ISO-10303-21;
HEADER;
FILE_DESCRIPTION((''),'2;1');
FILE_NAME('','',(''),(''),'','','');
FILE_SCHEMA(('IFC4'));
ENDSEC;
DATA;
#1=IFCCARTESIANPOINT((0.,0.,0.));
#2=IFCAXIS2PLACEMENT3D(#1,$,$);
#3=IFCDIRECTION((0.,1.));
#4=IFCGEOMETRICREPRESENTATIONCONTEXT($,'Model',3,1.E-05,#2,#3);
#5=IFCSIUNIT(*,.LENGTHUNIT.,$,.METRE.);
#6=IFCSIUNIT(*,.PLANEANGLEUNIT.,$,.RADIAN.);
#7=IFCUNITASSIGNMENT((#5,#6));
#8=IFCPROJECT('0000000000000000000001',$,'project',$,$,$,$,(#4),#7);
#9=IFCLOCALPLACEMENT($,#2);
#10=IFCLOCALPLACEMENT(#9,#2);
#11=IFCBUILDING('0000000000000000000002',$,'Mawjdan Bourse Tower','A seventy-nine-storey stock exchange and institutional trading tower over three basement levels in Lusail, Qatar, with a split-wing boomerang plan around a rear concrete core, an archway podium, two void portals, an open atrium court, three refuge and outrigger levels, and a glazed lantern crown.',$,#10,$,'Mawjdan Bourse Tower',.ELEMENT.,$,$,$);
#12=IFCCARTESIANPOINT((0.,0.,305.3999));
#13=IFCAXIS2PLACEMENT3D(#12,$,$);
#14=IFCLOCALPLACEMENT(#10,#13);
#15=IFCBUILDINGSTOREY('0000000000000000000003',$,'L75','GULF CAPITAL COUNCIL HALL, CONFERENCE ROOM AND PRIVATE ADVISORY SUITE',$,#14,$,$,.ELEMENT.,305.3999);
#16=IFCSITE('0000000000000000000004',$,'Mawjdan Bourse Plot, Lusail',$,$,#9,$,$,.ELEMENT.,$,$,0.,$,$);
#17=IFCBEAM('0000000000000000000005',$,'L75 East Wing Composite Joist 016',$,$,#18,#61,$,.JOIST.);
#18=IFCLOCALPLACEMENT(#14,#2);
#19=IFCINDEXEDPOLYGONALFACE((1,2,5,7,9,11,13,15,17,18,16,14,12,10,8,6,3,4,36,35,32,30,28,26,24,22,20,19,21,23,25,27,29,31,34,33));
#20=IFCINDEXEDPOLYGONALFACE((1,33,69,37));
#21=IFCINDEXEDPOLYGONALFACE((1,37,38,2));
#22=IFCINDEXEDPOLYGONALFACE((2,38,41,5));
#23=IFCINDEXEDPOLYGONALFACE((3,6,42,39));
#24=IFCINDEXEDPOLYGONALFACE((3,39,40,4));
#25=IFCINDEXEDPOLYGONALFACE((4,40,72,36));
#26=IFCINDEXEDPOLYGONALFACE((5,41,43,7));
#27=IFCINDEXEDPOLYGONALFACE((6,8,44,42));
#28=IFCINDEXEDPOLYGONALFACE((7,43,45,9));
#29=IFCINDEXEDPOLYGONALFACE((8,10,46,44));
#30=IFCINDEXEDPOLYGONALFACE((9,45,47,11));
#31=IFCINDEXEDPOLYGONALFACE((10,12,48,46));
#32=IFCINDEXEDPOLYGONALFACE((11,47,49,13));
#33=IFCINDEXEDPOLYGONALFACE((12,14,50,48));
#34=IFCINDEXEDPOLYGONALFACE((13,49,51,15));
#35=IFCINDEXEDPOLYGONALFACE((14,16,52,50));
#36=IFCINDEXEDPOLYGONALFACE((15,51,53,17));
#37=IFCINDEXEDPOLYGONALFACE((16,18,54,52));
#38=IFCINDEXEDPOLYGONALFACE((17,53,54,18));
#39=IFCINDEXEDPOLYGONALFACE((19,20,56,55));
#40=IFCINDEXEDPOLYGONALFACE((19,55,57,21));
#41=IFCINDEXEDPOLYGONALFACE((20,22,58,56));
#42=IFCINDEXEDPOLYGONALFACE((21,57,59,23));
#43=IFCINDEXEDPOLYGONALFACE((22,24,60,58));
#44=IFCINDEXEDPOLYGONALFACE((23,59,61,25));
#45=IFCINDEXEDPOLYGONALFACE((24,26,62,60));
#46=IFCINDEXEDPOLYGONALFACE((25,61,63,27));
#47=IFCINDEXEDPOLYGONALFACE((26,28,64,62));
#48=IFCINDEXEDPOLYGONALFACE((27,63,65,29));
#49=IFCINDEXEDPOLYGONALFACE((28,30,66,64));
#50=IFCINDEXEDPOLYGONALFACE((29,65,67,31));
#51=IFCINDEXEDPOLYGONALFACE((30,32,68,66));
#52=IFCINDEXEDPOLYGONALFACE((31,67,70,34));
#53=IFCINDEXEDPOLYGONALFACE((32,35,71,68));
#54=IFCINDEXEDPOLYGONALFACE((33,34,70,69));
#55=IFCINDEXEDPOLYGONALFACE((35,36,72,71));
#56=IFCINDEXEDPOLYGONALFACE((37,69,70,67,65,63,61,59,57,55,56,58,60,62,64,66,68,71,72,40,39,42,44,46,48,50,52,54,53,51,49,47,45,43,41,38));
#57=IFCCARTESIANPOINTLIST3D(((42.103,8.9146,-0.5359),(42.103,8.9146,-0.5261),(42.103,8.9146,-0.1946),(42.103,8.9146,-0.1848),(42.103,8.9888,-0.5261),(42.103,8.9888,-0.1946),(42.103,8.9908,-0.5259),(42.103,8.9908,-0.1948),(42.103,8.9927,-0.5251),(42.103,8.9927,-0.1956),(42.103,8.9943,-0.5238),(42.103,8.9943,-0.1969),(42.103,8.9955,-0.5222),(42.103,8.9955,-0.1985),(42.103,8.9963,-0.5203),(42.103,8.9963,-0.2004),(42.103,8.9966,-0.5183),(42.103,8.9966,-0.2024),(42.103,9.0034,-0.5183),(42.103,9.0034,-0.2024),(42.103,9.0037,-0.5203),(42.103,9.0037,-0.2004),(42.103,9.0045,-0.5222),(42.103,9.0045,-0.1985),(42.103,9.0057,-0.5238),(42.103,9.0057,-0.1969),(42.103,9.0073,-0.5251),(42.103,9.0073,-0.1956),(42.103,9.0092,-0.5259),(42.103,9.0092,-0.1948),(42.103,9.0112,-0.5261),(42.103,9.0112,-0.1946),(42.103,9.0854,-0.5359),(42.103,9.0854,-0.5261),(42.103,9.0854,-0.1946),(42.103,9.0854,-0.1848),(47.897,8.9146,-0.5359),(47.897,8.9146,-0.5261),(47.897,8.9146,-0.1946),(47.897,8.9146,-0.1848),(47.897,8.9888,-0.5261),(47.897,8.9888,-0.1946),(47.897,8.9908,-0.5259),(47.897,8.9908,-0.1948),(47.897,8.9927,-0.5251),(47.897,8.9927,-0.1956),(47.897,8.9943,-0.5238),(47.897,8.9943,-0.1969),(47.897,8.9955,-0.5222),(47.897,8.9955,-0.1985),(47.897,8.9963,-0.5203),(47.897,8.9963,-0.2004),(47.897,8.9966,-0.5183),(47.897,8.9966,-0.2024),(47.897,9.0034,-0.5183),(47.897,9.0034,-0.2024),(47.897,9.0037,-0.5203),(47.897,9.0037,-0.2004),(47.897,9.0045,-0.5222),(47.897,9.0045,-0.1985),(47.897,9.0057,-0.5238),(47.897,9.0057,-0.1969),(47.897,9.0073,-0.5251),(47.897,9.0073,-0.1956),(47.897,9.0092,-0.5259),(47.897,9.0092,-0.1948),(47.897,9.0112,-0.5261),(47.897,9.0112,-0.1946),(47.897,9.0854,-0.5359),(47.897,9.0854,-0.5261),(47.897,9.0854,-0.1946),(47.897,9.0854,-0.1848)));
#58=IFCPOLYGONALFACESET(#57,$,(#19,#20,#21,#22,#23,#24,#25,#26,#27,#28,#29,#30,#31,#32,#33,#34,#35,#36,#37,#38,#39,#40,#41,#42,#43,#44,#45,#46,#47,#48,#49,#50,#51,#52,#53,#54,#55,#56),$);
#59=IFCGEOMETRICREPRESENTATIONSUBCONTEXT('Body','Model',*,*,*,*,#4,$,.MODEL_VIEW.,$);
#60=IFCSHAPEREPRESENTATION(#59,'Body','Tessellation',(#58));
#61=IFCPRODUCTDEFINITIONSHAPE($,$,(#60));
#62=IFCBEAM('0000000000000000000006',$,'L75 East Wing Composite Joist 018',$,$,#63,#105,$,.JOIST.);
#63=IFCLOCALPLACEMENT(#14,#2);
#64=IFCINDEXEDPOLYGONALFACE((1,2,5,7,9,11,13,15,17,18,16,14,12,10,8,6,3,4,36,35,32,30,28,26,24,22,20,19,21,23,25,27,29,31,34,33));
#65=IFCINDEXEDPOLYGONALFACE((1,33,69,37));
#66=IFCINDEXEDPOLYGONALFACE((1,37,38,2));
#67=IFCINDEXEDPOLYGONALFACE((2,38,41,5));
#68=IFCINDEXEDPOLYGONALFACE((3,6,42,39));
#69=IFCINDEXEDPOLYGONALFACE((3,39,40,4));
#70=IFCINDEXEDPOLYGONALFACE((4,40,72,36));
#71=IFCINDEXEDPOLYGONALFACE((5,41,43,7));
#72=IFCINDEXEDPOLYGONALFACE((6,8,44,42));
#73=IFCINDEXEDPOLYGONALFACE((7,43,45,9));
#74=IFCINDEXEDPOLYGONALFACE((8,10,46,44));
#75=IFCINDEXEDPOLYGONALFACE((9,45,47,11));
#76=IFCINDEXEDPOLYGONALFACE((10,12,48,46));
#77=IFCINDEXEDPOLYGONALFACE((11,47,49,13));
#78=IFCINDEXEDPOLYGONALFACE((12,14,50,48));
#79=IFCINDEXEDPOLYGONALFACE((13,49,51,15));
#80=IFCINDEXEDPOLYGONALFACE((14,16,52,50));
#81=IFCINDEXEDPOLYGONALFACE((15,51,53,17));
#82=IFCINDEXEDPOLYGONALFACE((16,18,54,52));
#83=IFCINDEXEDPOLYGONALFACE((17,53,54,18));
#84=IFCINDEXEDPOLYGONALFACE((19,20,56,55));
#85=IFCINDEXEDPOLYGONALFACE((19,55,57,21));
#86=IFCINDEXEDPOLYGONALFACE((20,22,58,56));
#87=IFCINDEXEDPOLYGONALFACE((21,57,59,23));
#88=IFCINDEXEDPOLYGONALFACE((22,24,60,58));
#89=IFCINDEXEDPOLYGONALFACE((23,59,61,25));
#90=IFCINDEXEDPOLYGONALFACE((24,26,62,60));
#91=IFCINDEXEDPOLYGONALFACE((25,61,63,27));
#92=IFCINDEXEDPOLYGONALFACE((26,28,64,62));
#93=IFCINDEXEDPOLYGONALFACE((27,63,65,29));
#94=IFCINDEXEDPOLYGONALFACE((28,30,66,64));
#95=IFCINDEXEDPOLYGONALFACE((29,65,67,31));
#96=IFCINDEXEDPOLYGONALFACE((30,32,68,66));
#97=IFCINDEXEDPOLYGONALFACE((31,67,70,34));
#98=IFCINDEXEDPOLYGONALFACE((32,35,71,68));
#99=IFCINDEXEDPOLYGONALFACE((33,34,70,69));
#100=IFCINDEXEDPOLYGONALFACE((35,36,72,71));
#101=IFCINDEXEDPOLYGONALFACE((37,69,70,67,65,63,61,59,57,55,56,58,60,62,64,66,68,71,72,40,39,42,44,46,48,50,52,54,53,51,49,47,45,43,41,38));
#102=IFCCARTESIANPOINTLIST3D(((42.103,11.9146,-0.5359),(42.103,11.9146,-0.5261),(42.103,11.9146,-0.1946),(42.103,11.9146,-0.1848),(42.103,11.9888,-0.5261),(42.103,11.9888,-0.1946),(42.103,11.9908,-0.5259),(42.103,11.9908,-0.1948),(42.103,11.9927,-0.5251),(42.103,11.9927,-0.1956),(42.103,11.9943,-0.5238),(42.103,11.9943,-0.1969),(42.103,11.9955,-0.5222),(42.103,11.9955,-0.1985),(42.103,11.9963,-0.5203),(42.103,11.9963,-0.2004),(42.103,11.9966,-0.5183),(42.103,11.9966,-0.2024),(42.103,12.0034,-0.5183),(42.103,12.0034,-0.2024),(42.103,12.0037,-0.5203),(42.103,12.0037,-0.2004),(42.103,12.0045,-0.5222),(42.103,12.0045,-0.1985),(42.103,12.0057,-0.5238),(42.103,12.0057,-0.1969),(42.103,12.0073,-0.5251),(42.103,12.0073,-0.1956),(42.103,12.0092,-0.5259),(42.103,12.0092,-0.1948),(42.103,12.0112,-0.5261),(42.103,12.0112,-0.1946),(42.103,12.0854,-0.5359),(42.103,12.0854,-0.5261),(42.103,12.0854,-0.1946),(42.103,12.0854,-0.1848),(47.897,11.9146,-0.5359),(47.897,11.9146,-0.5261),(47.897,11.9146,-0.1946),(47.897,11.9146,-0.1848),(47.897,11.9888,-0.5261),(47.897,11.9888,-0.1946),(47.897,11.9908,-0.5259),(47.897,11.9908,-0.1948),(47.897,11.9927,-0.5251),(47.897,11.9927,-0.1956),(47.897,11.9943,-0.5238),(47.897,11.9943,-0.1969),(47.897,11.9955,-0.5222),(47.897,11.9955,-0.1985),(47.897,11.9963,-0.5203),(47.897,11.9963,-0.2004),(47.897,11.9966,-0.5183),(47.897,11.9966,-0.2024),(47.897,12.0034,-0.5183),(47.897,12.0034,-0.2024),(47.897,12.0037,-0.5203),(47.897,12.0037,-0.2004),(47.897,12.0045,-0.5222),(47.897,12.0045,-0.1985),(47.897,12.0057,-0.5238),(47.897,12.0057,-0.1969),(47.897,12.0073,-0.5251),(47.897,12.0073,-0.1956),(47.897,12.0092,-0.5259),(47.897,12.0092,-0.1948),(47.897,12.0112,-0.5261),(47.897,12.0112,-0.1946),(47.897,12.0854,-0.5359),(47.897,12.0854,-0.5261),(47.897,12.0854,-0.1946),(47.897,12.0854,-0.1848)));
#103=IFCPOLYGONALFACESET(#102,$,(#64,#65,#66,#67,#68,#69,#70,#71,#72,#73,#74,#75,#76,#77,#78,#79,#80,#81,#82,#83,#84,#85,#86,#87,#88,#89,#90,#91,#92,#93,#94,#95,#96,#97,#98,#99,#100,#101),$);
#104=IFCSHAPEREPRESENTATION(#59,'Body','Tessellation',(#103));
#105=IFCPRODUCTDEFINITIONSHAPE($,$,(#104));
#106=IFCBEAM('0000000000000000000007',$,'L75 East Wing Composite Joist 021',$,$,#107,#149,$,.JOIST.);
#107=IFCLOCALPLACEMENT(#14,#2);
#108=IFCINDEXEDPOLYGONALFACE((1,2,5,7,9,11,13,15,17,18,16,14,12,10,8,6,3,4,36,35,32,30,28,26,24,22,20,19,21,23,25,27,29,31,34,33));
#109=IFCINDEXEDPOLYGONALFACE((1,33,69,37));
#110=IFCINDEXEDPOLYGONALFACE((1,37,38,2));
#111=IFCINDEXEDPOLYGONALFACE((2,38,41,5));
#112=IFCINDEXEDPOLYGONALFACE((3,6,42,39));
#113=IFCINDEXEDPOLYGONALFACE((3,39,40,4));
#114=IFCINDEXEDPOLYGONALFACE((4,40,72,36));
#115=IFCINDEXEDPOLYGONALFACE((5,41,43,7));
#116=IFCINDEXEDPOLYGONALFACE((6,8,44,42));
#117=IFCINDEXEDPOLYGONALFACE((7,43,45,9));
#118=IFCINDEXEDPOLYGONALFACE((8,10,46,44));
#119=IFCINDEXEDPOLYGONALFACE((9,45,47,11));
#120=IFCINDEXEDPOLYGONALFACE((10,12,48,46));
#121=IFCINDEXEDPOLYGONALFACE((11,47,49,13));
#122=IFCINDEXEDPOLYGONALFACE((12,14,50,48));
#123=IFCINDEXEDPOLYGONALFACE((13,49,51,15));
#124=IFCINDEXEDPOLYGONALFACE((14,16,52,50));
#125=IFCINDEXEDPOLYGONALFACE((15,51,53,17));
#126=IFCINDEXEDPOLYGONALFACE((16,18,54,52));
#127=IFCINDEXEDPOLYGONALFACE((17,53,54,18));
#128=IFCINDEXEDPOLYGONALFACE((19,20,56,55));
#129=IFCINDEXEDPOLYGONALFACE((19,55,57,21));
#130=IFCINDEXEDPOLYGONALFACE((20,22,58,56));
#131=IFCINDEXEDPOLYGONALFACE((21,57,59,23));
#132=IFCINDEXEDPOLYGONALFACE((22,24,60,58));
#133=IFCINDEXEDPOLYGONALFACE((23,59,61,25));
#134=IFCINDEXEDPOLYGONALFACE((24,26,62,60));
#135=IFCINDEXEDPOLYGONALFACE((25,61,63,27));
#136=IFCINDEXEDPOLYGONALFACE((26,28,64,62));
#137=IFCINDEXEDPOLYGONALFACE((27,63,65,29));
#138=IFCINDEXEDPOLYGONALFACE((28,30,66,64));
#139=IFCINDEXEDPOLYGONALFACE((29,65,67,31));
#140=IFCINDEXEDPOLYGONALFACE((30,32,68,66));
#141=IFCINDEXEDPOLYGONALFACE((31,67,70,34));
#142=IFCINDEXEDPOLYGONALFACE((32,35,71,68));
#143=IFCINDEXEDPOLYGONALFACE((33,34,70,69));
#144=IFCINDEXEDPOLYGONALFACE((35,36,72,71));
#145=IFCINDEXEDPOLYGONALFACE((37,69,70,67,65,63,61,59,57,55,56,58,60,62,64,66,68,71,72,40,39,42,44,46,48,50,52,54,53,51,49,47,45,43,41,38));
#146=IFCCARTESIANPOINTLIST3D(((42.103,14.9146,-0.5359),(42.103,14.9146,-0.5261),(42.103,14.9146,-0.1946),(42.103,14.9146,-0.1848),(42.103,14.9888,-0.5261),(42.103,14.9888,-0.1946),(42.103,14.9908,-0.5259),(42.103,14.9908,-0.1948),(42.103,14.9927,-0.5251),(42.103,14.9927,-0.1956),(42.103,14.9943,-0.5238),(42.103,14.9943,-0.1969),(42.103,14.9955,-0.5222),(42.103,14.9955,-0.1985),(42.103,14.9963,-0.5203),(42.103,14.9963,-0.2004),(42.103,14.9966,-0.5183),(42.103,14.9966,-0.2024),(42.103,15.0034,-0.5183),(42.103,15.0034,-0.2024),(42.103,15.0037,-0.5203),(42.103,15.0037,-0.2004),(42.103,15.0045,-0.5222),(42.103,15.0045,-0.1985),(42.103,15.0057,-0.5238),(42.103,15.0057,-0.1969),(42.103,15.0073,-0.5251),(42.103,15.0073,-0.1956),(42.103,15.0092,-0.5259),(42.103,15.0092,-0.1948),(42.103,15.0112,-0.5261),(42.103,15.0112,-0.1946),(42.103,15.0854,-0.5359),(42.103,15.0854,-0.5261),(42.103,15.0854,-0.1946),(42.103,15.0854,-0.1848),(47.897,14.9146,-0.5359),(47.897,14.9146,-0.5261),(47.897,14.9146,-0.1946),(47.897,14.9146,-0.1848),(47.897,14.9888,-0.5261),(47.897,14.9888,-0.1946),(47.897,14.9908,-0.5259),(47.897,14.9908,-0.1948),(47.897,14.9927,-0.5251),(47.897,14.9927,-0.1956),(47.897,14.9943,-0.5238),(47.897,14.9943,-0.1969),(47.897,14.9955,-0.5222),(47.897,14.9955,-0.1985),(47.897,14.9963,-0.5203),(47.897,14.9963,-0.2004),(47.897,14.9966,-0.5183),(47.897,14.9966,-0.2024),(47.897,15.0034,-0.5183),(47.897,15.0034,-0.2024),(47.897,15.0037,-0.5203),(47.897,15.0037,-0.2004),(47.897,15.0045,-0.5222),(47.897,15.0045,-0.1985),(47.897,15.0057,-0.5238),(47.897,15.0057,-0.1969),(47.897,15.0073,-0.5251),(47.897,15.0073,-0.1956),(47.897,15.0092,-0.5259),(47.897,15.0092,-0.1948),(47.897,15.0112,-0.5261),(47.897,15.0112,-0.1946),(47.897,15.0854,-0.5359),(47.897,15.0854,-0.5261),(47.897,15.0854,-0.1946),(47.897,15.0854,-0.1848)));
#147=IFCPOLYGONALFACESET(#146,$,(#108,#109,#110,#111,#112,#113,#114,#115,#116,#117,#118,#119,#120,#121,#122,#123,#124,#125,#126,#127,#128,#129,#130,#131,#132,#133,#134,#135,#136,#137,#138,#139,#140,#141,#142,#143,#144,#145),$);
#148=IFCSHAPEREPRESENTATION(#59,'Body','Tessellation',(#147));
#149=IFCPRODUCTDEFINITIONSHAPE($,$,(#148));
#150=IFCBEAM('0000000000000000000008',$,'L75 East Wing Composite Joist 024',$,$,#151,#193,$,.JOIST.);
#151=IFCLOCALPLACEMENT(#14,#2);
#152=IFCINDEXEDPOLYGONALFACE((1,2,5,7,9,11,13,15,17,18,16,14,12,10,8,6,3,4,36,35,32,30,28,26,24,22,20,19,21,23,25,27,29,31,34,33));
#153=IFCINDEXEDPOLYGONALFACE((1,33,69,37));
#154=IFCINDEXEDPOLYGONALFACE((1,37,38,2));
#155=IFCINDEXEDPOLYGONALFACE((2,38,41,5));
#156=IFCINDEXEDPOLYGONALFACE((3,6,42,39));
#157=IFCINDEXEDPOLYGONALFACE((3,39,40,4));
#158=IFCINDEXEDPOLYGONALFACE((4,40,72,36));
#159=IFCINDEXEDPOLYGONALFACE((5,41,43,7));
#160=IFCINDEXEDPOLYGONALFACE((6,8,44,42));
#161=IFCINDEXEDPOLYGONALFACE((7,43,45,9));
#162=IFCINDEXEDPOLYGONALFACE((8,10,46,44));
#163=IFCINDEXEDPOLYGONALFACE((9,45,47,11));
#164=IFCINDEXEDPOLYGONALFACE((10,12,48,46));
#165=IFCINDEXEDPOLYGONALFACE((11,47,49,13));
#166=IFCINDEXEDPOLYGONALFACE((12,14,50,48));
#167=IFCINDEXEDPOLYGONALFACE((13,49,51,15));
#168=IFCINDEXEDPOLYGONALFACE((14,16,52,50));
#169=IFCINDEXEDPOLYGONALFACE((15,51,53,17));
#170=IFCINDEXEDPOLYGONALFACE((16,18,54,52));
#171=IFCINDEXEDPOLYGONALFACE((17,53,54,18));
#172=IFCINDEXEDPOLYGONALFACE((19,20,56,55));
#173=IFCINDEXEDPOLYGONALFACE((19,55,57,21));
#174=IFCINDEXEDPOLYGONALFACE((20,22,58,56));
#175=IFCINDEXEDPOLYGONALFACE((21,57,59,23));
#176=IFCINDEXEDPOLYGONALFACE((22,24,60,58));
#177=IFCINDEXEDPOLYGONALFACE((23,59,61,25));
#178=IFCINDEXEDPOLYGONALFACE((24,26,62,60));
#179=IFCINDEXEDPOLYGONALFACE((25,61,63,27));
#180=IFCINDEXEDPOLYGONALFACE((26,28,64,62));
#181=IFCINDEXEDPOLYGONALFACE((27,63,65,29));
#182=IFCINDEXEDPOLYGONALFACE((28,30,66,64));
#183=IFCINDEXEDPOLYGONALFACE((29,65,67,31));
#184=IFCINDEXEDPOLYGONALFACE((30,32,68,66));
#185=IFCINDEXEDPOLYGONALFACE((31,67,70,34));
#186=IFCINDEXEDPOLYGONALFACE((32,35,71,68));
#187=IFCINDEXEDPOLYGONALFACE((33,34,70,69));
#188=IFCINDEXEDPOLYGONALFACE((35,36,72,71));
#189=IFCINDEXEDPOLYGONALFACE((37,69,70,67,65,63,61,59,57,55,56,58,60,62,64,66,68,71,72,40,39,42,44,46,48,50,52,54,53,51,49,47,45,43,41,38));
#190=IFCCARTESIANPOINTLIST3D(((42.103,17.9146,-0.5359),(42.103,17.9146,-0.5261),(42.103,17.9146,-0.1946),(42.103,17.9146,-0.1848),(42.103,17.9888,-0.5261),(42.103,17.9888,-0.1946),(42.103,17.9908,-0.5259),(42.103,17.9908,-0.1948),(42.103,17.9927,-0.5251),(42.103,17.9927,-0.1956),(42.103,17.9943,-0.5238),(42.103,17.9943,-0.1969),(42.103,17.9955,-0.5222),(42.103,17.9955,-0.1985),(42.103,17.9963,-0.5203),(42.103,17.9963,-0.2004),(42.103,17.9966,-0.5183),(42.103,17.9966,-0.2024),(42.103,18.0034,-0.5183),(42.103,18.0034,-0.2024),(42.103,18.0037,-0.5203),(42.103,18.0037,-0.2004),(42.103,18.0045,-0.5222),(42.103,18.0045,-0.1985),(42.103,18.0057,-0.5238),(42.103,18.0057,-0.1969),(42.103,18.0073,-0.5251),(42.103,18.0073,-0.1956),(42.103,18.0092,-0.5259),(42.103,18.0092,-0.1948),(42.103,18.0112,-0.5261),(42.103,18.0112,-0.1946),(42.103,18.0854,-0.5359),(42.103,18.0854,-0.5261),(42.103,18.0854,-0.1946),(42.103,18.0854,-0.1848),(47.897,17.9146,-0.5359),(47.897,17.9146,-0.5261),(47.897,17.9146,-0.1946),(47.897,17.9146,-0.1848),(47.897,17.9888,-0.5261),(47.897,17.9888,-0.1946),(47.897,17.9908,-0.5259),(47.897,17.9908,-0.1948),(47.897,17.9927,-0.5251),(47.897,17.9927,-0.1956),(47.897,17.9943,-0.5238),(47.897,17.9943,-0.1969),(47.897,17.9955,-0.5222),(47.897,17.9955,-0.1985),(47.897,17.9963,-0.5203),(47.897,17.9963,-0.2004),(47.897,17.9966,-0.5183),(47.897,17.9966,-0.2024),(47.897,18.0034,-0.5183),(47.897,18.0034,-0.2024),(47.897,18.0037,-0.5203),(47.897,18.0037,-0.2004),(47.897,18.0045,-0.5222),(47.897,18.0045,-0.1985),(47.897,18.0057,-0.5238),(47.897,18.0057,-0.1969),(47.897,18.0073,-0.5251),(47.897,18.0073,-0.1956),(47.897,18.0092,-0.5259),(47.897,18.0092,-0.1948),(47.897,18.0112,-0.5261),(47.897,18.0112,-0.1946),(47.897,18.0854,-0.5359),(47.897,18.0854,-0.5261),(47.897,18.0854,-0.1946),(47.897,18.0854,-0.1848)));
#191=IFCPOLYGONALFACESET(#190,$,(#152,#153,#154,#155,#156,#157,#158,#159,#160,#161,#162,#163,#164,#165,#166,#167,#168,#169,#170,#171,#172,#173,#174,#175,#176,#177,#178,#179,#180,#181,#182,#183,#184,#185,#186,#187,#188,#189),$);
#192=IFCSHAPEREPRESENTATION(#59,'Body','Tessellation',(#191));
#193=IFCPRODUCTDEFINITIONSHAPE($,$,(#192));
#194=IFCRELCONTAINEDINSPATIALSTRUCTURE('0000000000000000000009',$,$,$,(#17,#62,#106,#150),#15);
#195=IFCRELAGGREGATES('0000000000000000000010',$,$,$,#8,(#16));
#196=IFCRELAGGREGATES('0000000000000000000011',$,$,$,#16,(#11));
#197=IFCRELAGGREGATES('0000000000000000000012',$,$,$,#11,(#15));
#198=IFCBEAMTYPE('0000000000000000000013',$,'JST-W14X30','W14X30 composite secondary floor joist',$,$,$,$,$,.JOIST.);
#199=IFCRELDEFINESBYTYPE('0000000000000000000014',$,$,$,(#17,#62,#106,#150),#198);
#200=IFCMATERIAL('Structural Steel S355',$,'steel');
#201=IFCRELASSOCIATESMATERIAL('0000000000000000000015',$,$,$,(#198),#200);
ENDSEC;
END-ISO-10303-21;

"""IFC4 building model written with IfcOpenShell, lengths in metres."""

from ifc_helpers import new_model, si_unit, direction, frame, origin, origin_2d, place, context, subcontext, project, spatial, i_section, extrude, material, material_profile, profile_set, type_object, element, save


model = new_model("IFC4")

# Units and contexts
model_context = context("Model", 3, precision=1e-05, world=origin(), true_north=direction((0.0, 1.0)))
body_context = subcontext(model_context, "Body", "Model", "MODEL_VIEW")
ifc_project = project(units=[si_unit("LENGTHUNIT", "METRE"), si_unit("PLANEANGLEUNIT", "RADIAN")], contexts=[model_context])

# Site, building, storey
site_placement = place(None, origin())
site = spatial("IfcSite", under=ifc_project, at=site_placement, Name="Mawjdan Bourse Plot, Lusail", CompositionType="ELEMENT", RefElevation=0.0)
building_placement = place(site_placement, origin())
building = spatial("IfcBuilding", under=site, at=building_placement, Name="Mawjdan Bourse Tower", Description="A seventy-nine-storey stock exchange and institutional trading tower over three basement levels in Lusail, Qatar, with a split-wing boomerang plan around a rear concrete core, an archway podium, two void portals, an open atrium court, three refuge and outrigger levels, and a glazed lantern crown.", LongName="Mawjdan Bourse Tower", CompositionType="ELEMENT")
storey_placement = place(building_placement, frame((0.0, 0.0, 305.3999)))
storey = spatial("IfcBuildingStorey", under=building, at=storey_placement, Name="L75", Description="GULF CAPITAL COUNCIL HALL, CONFERENCE ROOM AND PRIVATE ADVISORY SUITE", CompositionType="ELEMENT", Elevation=305.3999)

# Shared definitions
ifc_material_1 = material(Name="Structural Steel S355", Category="steel")

# Beams
ifc_material_profile_1 = material_profile(ifc_material_1, i_section(OverallWidth=0.1709, OverallDepth=0.3511, WebThickness=0.0068, FlangeThickness=0.0098, FilletRadius=0.0078, at=origin_2d()), Name="W14X30")
ifc_profile_set_1 = profile_set([ifc_material_profile_1], Name="Structural Steel S355")
beam_type_1 = type_object("IfcBeamType", Name="JST-W14X30", Description="W14X30 composite secondary floor joist", PredefinedType="JOIST", material=ifc_profile_set_1)
for number, where, z_axis, x_axis, name in (
    (1, (42.103, 9.0, -0.3604), (1.0, 0.0, 0.0), (0.0, 1.0, 0.0), "L75 East Wing Composite Joist 016"),
    (2, (42.103, 12.0, -0.3604), (1.0, 0.0, 0.0), (0.0, 1.0, 0.0), "L75 East Wing Composite Joist 018"),
    (3, (42.103, 15.0, -0.3604), (1.0, 0.0, 0.0), (0.0, 1.0, 0.0), "L75 East Wing Composite Joist 021"),
    (4, (42.103, 18.0, -0.3604), (1.0, 0.0, 0.0), (0.0, 1.0, 0.0), "L75 East Wing Composite Joist 024"),
):
    element("IfcBeam", number, at=place(storey_placement, frame(where, z_axis=z_axis, x_axis=x_axis)), inside=storey, type_object=beam_type_1, Name=name, PredefinedType="JOIST", context=body_context, shape_type="SweptSolid", body=[
        extrude(i_section(OverallWidth=0.1709, OverallDepth=0.3511, WebThickness=0.0068, FlangeThickness=0.0098, FilletRadius=0.0078, at=origin_2d()), origin(), (0.0, 0.0, 1.0), 5.7939),
    ])

save(model, "model.ifc")
